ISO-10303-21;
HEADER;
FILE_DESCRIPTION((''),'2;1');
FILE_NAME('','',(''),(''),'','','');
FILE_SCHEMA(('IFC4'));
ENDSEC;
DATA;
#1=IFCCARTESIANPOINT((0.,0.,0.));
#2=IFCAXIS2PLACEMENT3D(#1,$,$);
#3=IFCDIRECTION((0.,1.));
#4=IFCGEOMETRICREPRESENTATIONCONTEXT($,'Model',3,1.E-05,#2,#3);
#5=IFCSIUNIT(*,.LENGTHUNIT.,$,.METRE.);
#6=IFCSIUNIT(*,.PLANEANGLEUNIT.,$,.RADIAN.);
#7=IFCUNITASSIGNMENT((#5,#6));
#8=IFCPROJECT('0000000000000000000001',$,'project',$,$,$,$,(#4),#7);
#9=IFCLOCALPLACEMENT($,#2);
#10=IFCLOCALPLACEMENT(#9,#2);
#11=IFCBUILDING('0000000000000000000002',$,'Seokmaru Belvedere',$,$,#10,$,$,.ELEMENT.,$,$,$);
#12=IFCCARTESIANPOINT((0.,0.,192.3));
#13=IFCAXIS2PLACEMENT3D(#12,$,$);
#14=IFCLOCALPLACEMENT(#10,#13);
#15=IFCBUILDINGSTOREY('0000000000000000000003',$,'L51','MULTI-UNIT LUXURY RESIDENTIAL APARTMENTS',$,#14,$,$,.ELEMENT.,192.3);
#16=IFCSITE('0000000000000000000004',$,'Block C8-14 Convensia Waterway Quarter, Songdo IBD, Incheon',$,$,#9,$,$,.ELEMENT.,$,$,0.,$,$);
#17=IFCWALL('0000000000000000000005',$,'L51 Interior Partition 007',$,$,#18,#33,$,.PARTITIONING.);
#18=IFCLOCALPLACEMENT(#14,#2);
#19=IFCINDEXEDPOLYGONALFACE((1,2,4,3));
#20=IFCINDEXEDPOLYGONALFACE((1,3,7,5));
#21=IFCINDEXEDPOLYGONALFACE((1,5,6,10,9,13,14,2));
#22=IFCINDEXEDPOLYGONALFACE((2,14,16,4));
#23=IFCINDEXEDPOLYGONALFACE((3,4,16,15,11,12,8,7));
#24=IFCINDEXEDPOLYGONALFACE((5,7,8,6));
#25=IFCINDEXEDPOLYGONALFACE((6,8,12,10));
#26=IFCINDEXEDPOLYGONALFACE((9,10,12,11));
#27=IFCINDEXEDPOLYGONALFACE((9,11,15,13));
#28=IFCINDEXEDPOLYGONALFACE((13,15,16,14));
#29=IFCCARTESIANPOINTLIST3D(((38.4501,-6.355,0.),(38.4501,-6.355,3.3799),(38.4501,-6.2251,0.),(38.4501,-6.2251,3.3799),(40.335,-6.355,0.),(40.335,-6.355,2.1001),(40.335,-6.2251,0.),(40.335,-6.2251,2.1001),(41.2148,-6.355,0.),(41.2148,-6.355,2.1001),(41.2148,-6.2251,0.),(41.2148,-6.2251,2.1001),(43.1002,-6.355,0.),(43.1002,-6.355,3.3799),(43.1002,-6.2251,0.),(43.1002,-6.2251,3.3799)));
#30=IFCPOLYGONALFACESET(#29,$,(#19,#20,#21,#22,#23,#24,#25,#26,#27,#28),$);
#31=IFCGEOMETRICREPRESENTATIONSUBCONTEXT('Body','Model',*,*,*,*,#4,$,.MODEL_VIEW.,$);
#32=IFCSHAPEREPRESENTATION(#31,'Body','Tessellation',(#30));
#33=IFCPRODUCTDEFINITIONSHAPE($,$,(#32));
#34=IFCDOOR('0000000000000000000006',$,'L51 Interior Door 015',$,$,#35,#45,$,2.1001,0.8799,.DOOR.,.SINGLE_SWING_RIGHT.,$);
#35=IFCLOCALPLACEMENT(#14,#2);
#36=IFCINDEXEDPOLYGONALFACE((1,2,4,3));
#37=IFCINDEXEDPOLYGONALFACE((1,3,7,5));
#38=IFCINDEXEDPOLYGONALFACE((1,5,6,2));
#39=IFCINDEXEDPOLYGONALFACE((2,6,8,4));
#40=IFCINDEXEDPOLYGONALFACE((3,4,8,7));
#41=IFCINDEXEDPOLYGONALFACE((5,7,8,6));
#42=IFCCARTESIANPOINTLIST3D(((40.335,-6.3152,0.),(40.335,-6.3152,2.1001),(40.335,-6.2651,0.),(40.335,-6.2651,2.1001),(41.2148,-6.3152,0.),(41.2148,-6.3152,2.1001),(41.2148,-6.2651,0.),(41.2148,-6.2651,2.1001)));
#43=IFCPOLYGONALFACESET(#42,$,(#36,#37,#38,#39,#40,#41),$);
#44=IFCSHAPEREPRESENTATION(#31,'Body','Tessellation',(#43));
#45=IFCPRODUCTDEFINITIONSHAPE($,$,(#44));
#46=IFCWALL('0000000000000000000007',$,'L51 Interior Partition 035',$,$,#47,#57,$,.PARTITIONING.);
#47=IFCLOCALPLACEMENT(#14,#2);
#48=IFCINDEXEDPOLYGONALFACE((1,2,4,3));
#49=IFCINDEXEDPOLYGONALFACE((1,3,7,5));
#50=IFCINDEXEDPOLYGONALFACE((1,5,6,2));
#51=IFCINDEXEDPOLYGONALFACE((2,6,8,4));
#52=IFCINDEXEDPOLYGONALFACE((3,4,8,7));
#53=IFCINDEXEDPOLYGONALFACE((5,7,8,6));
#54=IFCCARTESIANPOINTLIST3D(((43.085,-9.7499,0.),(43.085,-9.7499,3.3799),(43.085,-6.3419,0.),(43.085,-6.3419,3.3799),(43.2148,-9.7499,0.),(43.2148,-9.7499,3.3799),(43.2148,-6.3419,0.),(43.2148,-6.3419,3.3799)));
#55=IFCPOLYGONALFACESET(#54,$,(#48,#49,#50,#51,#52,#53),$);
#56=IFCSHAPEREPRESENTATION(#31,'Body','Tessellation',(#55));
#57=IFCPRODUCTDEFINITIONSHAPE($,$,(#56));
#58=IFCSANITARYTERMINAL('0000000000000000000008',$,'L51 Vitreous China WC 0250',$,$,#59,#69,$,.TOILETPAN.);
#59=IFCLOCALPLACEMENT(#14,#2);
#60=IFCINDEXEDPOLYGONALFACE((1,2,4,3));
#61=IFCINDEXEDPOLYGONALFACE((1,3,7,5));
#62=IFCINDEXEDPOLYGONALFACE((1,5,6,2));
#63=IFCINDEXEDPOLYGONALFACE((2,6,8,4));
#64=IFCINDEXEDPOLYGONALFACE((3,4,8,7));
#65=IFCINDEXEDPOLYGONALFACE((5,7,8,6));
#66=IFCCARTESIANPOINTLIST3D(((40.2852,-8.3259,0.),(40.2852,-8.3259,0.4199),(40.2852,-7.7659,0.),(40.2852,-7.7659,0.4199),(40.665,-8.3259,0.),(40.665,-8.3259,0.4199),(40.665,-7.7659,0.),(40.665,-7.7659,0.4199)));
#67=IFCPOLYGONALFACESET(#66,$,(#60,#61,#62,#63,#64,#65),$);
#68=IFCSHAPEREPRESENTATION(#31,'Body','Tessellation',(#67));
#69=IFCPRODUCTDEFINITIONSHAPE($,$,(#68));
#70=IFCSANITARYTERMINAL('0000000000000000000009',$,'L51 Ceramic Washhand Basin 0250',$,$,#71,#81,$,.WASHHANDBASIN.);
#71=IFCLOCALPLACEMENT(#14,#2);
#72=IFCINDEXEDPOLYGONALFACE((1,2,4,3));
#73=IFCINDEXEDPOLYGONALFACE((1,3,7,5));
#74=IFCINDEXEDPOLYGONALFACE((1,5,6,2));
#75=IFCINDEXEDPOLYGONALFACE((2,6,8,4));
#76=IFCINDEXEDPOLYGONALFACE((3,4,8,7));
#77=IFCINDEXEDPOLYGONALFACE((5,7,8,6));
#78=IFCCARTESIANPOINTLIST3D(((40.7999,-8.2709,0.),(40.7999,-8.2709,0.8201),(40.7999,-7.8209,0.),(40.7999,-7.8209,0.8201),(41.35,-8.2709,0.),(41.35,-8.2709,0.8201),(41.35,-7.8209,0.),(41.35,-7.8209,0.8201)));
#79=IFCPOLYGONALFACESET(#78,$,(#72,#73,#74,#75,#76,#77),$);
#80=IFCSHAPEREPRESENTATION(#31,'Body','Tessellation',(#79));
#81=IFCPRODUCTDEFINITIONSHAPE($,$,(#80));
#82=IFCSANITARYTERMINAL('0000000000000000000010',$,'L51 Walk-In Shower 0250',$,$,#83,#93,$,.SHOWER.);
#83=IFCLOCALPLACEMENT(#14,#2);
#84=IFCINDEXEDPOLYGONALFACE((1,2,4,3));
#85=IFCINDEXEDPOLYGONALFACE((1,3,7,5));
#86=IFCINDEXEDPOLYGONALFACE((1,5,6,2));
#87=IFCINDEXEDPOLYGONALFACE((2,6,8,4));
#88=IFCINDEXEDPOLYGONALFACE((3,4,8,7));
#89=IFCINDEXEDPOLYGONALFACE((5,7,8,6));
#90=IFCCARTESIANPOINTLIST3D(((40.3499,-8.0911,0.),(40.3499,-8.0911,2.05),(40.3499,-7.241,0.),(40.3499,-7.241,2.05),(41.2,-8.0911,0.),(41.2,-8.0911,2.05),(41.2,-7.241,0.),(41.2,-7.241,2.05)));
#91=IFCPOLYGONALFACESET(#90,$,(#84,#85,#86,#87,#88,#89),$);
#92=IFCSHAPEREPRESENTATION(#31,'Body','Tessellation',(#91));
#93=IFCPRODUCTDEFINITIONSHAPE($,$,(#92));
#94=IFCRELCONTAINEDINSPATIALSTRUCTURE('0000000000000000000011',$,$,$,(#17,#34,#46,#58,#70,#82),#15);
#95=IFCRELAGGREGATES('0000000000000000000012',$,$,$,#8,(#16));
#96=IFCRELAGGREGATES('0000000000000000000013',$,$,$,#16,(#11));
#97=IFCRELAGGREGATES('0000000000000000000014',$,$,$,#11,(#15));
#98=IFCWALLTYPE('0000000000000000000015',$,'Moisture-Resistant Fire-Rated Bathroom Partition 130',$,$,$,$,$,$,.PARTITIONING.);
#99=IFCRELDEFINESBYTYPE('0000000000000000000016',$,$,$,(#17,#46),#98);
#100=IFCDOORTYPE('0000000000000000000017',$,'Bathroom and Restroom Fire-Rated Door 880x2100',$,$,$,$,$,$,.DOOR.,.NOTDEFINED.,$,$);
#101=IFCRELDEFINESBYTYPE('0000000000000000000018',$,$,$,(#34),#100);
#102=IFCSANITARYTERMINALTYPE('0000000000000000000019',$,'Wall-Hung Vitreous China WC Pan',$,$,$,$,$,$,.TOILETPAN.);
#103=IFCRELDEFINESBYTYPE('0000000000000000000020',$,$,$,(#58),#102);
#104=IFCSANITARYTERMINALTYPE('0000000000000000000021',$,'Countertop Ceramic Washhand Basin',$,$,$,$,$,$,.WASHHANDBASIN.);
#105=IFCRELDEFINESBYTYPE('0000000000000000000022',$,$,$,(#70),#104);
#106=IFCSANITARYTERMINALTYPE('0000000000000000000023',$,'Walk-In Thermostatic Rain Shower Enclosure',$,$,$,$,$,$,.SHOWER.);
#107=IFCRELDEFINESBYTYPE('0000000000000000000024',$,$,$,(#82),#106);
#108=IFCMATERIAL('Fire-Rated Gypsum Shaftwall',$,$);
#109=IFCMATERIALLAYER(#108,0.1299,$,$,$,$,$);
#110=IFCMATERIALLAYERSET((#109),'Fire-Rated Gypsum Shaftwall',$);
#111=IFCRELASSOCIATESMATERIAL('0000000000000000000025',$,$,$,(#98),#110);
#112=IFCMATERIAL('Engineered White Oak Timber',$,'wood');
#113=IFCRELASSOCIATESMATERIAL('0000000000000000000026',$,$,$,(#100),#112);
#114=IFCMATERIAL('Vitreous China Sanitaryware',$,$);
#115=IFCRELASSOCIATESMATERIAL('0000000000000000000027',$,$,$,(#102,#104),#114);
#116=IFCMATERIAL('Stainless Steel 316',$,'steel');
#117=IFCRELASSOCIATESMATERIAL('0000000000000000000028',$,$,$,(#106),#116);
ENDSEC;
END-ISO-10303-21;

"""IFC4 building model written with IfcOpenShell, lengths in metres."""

from ifc_helpers import new_model, si_unit, direction, frame, frame_2d, origin, origin_2d, place, context, subcontext, project, spatial, rectangle, extrude, source, transform, mapped, material, layer, layer_set, type_object, type_shapes, element, fill, save


model = new_model("IFC4")

# Units and contexts
model_context = context("Model", 3, precision=1e-05, world=origin(), true_north=direction((0.0, 1.0)))
body_context = subcontext(model_context, "Body", "Model", "MODEL_VIEW")
ifc_project = project(units=[si_unit("LENGTHUNIT", "METRE"), si_unit("PLANEANGLEUNIT", "RADIAN")], contexts=[model_context])

# Site, building, storey
site_placement = place(None, origin())
site = spatial("IfcSite", under=ifc_project, at=site_placement, Name="Block C8-14 Convensia Waterway Quarter, Songdo IBD, Incheon", CompositionType="ELEMENT", RefElevation=0.0)
building_placement = place(site_placement, origin())
building = spatial("IfcBuilding", under=site, at=building_placement, Name="Seokmaru Belvedere", CompositionType="ELEMENT")
storey_placement = place(building_placement, frame((0.0, 0.0, 192.3)))
storey = spatial("IfcBuildingStorey", under=building, at=storey_placement, Name="L51", Description="MULTI-UNIT LUXURY RESIDENTIAL APARTMENTS", CompositionType="ELEMENT", Elevation=192.3)

# Shared definitions
ifc_material_1 = material(Name="Fire-Rated Gypsum Shaftwall")
ifc_material_2 = material(Name="Engineered White Oak Timber", Category="wood")

# Wall, opening, door
ifc_layer_1 = layer(ifc_material_1, 0.1299)
ifc_layer_set_1 = layer_set([ifc_layer_1], Name="Fire-Rated Gypsum Shaftwall")
wall_type_1 = type_object("IfcWallType", Name="Moisture-Resistant Fire-Rated Bathroom Partition 130", PredefinedType="PARTITIONING", material=ifc_layer_set_1)
wall_1_placement = place(storey_placement, frame((38.45, -6.29, 0.0), z_axis=(0.0, 0.0, 1.0), x_axis=(1.0, 0.0, 0.0)))
wall_1 = element("IfcWall", 1, at=wall_1_placement, inside=storey, type_object=wall_type_1, Name="L51 Interior Partition 007", PredefinedType="PARTITIONING", context=body_context, shape_type="SweptSolid", body=[
    extrude(rectangle(XDim=4.6501, YDim=0.1299, at=frame_2d((2.3252, 0.0))), origin(), (0.0, 0.0, 1.0), 3.3799),
])
opening_1_placement = place(wall_1_placement, frame((1.885, 0.0, 0.0)))
opening_1 = element("IfcOpeningElement", 2, at=opening_1_placement, cuts=wall_1, PredefinedType="OPENING", context=body_context, shape_type="SweptSolid", body=[
    extrude(rectangle(XDim=0.8799, YDim=2.1001, at=frame_2d((0.4399, 1.05))), frame((0.0, 0.075, 0.0), z_axis=(0.0, -1.0, 0.0), x_axis=(1.0, 0.0, 0.0)), (0.0, 0.0, 1.0), 0.1499),
])
door_type_1 = type_object("IfcDoorType", Name="Bathroom and Restroom Fire-Rated Door 880x2100", OperationType="NOTDEFINED", PredefinedType="DOOR", material=ifc_material_2)
shared_shape_1 = source(origin(), body_context, "Body", "SweptSolid", [
    extrude(rectangle(XDim=0.8799, YDim=2.1001, at=frame_2d((0.4399, 1.05))), frame((0.0, 0.0249, 0.0), z_axis=(0.0, -1.0, 0.0), x_axis=(1.0, 0.0, 0.0)), (0.0, 0.0, 1.0), 0.05),
])
type_shapes(door_type_1, [shared_shape_1])
door_1_placement = place(opening_1_placement, origin())
door_1 = element("IfcDoor", 3, at=door_1_placement, inside=storey, type_object=door_type_1, Name="L51 Interior Door 015", OperationType="SINGLE_SWING_RIGHT", OverallHeight=2.1001, OverallWidth=0.8799, PredefinedType="DOOR", context=body_context, shape_type="MappedRepresentation", body=[
    mapped(shared_shape_1, transform((0.0, 0.0, 0.0), scale=1.0)),
])
fill(opening_1, door_1)

# Wall
wall_2_placement = place(storey_placement, frame((43.1499, -9.75, 0.0), z_axis=(0.0, 0.0, 1.0), x_axis=(0.0, 1.0, 0.0)))
element("IfcWall", 4, at=wall_2_placement, inside=storey, type_object=wall_type_1, Name="L51 Interior Partition 035", PredefinedType="PARTITIONING", context=body_context, shape_type="SweptSolid", body=[
    extrude(rectangle(XDim=3.408, YDim=0.1299, at=frame_2d((1.7041, 0.0))), origin(), (0.0, 0.0, 1.0), 3.3799),
])

# Sanitary terminals
ifc_material_3 = material(Name="Vitreous China Sanitaryware")
sanitary_terminal_type_1 = type_object("IfcSanitaryTerminalType", Name="Wall-Hung Vitreous China WC Pan", PredefinedType="TOILETPAN", material=ifc_material_3)
shared_shape_2 = source(origin(), body_context, "Body", "SweptSolid", [
    extrude(rectangle(XDim=0.3799, YDim=0.5601, at=origin_2d()), origin(), (0.0, 0.0, 1.0), 0.4199),
])
type_shapes(sanitary_terminal_type_1, [shared_shape_2])
sanitary_terminal_1_placement = place(storey_placement, frame((40.4751, -8.0459, 0.0), z_axis=(0.0, 0.0, 1.0), x_axis=(1.0, 0.0, 0.0)))
element("IfcSanitaryTerminal", 5, at=sanitary_terminal_1_placement, inside=storey, type_object=sanitary_terminal_type_1, Name="L51 Vitreous China WC 0250", PredefinedType="TOILETPAN", context=body_context, shape_type="MappedRepresentation", body=[
    mapped(shared_shape_2, transform((0.0, 0.0, 0.0), scale=1.0)),
])
sanitary_terminal_type_2 = type_object("IfcSanitaryTerminalType", Name="Countertop Ceramic Washhand Basin", PredefinedType="WASHHANDBASIN", material=ifc_material_3)
shared_shape_3 = source(origin(), body_context, "Body", "SweptSolid", [
    extrude(rectangle(XDim=0.55, YDim=0.45, at=origin_2d()), origin(), (0.0, 0.0, 1.0), 0.8201),
])
type_shapes(sanitary_terminal_type_2, [shared_shape_3])
sanitary_terminal_2_placement = place(storey_placement, frame((41.075, -8.0459, 0.0), z_axis=(0.0, 0.0, 1.0), x_axis=(1.0, 0.0, 0.0)))
element("IfcSanitaryTerminal", 6, at=sanitary_terminal_2_placement, inside=storey, type_object=sanitary_terminal_type_2, Name="L51 Ceramic Washhand Basin 0250", PredefinedType="WASHHANDBASIN", context=body_context, shape_type="MappedRepresentation", body=[
    mapped(shared_shape_3, transform((0.0, 0.0, 0.0), scale=1.0)),
])
ifc_material_4 = material(Name="Stainless Steel 316", Category="steel")
sanitary_terminal_type_3 = type_object("IfcSanitaryTerminalType", Name="Walk-In Thermostatic Rain Shower Enclosure", PredefinedType="SHOWER", material=ifc_material_4)
shared_shape_4 = source(origin(), body_context, "Body", "SweptSolid", [
    extrude(rectangle(XDim=0.8501, YDim=0.8501, at=origin_2d()), origin(), (0.0, 0.0, 1.0), 2.05),
])
type_shapes(sanitary_terminal_type_3, [shared_shape_4])
sanitary_terminal_3_placement = place(storey_placement, frame((40.7749, -7.666, 0.0), z_axis=(0.0, 0.0, 1.0), x_axis=(1.0, 0.0, 0.0)))
element("IfcSanitaryTerminal", 7, at=sanitary_terminal_3_placement, inside=storey, type_object=sanitary_terminal_type_3, Name="L51 Walk-In Shower 0250", PredefinedType="SHOWER", context=body_context, shape_type="MappedRepresentation", body=[
    mapped(shared_shape_4, transform((0.0, 0.0, 0.0), scale=1.0)),
])

save(model, "model.ifc")
